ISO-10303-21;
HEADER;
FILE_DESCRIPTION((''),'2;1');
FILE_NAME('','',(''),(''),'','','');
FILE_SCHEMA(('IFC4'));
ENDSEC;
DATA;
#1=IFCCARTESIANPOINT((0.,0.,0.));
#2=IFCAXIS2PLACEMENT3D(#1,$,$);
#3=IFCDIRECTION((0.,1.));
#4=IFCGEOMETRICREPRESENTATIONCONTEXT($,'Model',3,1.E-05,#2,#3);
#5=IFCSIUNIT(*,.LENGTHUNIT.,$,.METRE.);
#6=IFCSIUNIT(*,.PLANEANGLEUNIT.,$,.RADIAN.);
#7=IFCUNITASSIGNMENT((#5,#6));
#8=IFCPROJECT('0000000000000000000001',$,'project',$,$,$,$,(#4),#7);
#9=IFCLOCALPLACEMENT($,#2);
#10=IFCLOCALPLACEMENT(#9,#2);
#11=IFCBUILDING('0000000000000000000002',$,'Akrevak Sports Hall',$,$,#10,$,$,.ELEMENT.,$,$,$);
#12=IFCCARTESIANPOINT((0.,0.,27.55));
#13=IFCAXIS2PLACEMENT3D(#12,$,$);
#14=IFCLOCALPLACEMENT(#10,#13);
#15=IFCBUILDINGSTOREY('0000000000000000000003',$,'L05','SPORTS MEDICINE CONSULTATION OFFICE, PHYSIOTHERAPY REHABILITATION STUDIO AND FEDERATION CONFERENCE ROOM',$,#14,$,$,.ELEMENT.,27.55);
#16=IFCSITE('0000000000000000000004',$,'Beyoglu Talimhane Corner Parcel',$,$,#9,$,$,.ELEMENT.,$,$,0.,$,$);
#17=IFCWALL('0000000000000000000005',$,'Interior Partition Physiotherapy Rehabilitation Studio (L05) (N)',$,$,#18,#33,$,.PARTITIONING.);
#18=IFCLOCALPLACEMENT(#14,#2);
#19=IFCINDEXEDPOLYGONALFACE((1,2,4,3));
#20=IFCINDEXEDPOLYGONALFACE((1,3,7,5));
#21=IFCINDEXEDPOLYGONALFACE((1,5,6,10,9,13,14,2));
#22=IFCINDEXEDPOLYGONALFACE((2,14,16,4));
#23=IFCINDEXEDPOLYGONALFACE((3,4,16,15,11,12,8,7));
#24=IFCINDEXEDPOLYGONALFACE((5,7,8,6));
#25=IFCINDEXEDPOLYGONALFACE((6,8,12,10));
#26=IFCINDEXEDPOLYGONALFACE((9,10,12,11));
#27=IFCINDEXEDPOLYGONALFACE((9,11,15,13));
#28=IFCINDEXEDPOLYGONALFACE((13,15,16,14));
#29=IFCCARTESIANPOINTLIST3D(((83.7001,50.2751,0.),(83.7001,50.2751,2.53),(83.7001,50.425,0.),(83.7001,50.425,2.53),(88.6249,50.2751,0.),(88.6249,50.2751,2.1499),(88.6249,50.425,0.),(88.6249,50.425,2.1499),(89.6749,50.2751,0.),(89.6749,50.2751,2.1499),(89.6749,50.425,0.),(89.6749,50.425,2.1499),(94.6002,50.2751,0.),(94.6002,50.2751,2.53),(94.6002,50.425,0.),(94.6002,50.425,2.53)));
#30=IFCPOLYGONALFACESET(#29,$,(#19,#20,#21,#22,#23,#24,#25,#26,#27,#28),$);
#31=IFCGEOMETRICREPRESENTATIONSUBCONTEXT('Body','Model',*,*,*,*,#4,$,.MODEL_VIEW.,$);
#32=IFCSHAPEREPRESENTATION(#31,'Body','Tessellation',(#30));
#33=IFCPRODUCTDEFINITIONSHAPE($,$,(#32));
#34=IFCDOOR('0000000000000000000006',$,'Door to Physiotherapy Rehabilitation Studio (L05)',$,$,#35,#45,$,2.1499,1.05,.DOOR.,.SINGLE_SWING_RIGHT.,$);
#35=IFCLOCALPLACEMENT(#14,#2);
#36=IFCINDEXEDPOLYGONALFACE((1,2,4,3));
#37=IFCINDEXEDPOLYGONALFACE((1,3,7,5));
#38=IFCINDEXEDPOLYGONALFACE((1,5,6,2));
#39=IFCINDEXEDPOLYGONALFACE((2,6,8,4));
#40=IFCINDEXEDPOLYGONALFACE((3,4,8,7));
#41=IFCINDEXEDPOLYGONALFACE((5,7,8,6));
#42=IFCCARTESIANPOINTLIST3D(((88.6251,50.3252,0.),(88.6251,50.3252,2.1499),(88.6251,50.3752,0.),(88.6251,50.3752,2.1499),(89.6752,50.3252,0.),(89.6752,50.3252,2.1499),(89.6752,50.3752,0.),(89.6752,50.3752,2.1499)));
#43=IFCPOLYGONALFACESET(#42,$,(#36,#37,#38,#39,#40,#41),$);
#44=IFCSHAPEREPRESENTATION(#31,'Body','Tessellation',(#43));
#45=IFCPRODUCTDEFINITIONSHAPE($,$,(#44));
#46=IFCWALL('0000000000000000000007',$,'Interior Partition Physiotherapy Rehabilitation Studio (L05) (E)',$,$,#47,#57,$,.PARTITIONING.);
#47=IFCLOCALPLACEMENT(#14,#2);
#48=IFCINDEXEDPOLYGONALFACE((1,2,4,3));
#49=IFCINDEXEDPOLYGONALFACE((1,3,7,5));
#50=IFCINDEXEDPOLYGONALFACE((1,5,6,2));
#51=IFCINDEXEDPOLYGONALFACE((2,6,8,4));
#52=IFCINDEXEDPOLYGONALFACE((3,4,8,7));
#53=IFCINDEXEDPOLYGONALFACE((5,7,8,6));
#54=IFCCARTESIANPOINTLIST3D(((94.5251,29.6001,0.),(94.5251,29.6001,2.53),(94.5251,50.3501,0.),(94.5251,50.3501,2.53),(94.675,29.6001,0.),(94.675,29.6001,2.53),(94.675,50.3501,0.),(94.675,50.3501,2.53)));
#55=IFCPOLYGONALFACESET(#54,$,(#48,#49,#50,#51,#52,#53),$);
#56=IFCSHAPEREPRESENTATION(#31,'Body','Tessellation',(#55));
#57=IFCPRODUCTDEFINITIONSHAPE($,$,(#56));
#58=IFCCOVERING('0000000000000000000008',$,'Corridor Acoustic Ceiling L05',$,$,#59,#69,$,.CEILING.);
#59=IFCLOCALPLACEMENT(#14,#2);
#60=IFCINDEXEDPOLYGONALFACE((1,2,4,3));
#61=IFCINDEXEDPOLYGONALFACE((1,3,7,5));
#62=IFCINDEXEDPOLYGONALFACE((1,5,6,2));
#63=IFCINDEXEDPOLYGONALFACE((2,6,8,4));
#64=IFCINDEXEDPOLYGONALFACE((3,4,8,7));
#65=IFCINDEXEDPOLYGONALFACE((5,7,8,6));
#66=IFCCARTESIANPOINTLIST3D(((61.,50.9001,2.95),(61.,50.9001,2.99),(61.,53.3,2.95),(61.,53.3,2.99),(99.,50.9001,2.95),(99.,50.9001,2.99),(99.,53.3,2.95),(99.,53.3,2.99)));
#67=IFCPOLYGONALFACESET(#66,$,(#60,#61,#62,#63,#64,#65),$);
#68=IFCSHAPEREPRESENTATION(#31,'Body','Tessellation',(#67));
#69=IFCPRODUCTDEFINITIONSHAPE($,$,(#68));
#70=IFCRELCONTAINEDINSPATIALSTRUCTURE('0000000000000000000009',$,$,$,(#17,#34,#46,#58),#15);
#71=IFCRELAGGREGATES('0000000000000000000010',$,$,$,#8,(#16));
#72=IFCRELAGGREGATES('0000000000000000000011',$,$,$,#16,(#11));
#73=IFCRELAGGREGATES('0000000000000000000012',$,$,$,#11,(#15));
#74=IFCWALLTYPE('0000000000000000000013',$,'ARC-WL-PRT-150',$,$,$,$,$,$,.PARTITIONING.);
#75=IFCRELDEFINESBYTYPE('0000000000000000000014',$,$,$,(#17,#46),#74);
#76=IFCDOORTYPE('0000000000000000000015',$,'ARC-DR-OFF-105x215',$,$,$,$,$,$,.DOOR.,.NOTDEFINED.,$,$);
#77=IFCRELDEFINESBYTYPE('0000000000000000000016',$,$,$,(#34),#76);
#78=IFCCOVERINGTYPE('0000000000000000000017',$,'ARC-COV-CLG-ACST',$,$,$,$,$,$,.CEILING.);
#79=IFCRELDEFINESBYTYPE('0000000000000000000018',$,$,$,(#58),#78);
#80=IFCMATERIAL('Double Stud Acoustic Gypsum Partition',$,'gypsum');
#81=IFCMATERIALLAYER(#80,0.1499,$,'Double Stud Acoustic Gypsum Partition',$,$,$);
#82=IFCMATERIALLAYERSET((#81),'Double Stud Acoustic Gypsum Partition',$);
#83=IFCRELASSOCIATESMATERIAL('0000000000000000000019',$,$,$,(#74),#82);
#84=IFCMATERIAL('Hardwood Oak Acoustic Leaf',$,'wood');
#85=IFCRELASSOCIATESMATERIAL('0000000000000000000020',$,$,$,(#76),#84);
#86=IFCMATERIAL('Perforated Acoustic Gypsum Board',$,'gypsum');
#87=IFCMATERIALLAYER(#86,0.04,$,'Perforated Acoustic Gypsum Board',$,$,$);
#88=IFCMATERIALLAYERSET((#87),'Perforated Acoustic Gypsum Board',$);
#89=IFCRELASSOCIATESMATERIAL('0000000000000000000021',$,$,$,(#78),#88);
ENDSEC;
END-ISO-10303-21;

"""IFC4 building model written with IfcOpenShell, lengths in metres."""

from ifc_helpers import new_model, si_unit, direction, frame, frame_2d, origin, origin_2d, place, context, subcontext, project, spatial, rectangle, extrude, material, layer, layer_set, type_object, element, fill, save


model = new_model("IFC4")

# Units and contexts
model_context = context("Model", 3, precision=1e-05, world=origin(), true_north=direction((0.0, 1.0)))
body_context = subcontext(model_context, "Body", "Model", "MODEL_VIEW")
ifc_project = project(units=[si_unit("LENGTHUNIT", "METRE"), si_unit("PLANEANGLEUNIT", "RADIAN")], contexts=[model_context])

# Site, building, storey
site_placement = place(None, origin())
site = spatial("IfcSite", under=ifc_project, at=site_placement, Name="Beyoglu Talimhane Corner Parcel", CompositionType="ELEMENT", RefElevation=0.0)
building_placement = place(site_placement, origin())
building = spatial("IfcBuilding", under=site, at=building_placement, Name="Akrevak Sports Hall", CompositionType="ELEMENT")
storey_placement = place(building_placement, frame((0.0, 0.0, 27.55)))
storey = spatial("IfcBuildingStorey", under=building, at=storey_placement, Name="L05", Description="SPORTS MEDICINE CONSULTATION OFFICE, PHYSIOTHERAPY REHABILITATION STUDIO AND FEDERATION CONFERENCE ROOM", CompositionType="ELEMENT", Elevation=27.55)

# Shared definitions
ifc_material_1 = material(Name="Hardwood Oak Acoustic Leaf", Category="wood")

# Wall, opening, door
ifc_material_2 = material(Name="Double Stud Acoustic Gypsum Partition", Category="gypsum")
ifc_layer_1 = layer(ifc_material_2, 0.1499, Name="Double Stud Acoustic Gypsum Partition")
ifc_layer_set_1 = layer_set([ifc_layer_1], Name="Double Stud Acoustic Gypsum Partition")
wall_type_1 = type_object("IfcWallType", Name="ARC-WL-PRT-150", PredefinedType="PARTITIONING", material=ifc_layer_set_1)
wall_1_placement = place(storey_placement, frame((83.7, 50.3501, 0.0), z_axis=(0.0, 0.0, 1.0), x_axis=(1.0, 0.0, 0.0)))
wall_1 = element("IfcWall", 1, at=wall_1_placement, inside=storey, type_object=wall_type_1, Name="Interior Partition Physiotherapy Rehabilitation Studio (L05) (N)", PredefinedType="PARTITIONING", context=body_context, shape_type="SweptSolid", body=[
    extrude(rectangle(XDim=10.9001, YDim=0.1499, at=frame_2d((5.4502, 0.0))), origin(), (0.0, 0.0, 1.0), 2.53),
])
opening_1_placement = place(wall_1_placement, frame((4.925, 0.0, 0.0)))
opening_1 = element("IfcOpeningElement", 2, at=opening_1_placement, cuts=wall_1, PredefinedType="OPENING", context=body_context, shape_type="SweptSolid", body=[
    extrude(rectangle(XDim=1.05, YDim=2.1499, at=frame_2d((0.5249, 1.075))), frame((0.0, 0.0869, 0.0), z_axis=(0.0, -1.0, 0.0), x_axis=(1.0, 0.0, 0.0)), (0.0, 0.0, 1.0), 0.1738),
])
door_type_1 = type_object("IfcDoorType", Name="ARC-DR-OFF-105x215", OperationType="NOTDEFINED", PredefinedType="DOOR", material=ifc_material_1)
door_1_placement = place(opening_1_placement, frame((1.05, 0.0, 0.0), z_axis=(0.0, 0.0, 1.0), x_axis=(-1.0, 0.0, 0.0)))
door_1 = element("IfcDoor", 3, at=door_1_placement, inside=storey, type_object=door_type_1, Name="Door to Physiotherapy Rehabilitation Studio (L05)", OperationType="SINGLE_SWING_RIGHT", OverallHeight=2.1499, OverallWidth=1.05, PredefinedType="DOOR", context=body_context, shape_type="SweptSolid", body=[
    extrude(rectangle(XDim=1.05, YDim=2.1499, at=frame_2d((0.5249, 1.075))), frame((0.0, 0.0249, 0.0), z_axis=(0.0, -1.0, 0.0), x_axis=(1.0, 0.0, 0.0)), (0.0, 0.0, 1.0), 0.05),
])
fill(opening_1, door_1)

# Wall
wall_2_placement = place(storey_placement, frame((94.6001, 29.6001, 0.0), z_axis=(0.0, 0.0, 1.0), x_axis=(0.0, 1.0, 0.0)))
element("IfcWall", 4, at=wall_2_placement, inside=storey, type_object=wall_type_1, Name="Interior Partition Physiotherapy Rehabilitation Studio (L05) (E)", PredefinedType="PARTITIONING", context=body_context, shape_type="SweptSolid", body=[
    extrude(rectangle(XDim=20.75, YDim=0.1499, at=frame_2d((10.375, 0.0))), origin(), (0.0, 0.0, 1.0), 2.53),
])

# Covering
ifc_material_3 = material(Name="Perforated Acoustic Gypsum Board", Category="gypsum")
ifc_layer_2 = layer(ifc_material_3, 0.04, Name="Perforated Acoustic Gypsum Board")
ifc_layer_set_2 = layer_set([ifc_layer_2], Name="Perforated Acoustic Gypsum Board")
covering_type = type_object("IfcCoveringType", Name="ARC-COV-CLG-ACST", PredefinedType="CEILING", material=ifc_layer_set_2)
covering_placement = place(storey_placement, frame((80.0, 52.1001, 2.95), z_axis=(0.0, 0.0, 1.0), x_axis=(1.0, 0.0, 0.0)))
element("IfcCovering", 5, at=covering_placement, inside=storey, type_object=covering_type, Name="Corridor Acoustic Ceiling L05", PredefinedType="CEILING", context=body_context, shape_type="SweptSolid", body=[
    extrude(rectangle(XDim=38.0, YDim=2.3999, at=origin_2d()), origin(), (0.0, 0.0, 1.0), 0.04),
])

save(model, "model.ifc")
